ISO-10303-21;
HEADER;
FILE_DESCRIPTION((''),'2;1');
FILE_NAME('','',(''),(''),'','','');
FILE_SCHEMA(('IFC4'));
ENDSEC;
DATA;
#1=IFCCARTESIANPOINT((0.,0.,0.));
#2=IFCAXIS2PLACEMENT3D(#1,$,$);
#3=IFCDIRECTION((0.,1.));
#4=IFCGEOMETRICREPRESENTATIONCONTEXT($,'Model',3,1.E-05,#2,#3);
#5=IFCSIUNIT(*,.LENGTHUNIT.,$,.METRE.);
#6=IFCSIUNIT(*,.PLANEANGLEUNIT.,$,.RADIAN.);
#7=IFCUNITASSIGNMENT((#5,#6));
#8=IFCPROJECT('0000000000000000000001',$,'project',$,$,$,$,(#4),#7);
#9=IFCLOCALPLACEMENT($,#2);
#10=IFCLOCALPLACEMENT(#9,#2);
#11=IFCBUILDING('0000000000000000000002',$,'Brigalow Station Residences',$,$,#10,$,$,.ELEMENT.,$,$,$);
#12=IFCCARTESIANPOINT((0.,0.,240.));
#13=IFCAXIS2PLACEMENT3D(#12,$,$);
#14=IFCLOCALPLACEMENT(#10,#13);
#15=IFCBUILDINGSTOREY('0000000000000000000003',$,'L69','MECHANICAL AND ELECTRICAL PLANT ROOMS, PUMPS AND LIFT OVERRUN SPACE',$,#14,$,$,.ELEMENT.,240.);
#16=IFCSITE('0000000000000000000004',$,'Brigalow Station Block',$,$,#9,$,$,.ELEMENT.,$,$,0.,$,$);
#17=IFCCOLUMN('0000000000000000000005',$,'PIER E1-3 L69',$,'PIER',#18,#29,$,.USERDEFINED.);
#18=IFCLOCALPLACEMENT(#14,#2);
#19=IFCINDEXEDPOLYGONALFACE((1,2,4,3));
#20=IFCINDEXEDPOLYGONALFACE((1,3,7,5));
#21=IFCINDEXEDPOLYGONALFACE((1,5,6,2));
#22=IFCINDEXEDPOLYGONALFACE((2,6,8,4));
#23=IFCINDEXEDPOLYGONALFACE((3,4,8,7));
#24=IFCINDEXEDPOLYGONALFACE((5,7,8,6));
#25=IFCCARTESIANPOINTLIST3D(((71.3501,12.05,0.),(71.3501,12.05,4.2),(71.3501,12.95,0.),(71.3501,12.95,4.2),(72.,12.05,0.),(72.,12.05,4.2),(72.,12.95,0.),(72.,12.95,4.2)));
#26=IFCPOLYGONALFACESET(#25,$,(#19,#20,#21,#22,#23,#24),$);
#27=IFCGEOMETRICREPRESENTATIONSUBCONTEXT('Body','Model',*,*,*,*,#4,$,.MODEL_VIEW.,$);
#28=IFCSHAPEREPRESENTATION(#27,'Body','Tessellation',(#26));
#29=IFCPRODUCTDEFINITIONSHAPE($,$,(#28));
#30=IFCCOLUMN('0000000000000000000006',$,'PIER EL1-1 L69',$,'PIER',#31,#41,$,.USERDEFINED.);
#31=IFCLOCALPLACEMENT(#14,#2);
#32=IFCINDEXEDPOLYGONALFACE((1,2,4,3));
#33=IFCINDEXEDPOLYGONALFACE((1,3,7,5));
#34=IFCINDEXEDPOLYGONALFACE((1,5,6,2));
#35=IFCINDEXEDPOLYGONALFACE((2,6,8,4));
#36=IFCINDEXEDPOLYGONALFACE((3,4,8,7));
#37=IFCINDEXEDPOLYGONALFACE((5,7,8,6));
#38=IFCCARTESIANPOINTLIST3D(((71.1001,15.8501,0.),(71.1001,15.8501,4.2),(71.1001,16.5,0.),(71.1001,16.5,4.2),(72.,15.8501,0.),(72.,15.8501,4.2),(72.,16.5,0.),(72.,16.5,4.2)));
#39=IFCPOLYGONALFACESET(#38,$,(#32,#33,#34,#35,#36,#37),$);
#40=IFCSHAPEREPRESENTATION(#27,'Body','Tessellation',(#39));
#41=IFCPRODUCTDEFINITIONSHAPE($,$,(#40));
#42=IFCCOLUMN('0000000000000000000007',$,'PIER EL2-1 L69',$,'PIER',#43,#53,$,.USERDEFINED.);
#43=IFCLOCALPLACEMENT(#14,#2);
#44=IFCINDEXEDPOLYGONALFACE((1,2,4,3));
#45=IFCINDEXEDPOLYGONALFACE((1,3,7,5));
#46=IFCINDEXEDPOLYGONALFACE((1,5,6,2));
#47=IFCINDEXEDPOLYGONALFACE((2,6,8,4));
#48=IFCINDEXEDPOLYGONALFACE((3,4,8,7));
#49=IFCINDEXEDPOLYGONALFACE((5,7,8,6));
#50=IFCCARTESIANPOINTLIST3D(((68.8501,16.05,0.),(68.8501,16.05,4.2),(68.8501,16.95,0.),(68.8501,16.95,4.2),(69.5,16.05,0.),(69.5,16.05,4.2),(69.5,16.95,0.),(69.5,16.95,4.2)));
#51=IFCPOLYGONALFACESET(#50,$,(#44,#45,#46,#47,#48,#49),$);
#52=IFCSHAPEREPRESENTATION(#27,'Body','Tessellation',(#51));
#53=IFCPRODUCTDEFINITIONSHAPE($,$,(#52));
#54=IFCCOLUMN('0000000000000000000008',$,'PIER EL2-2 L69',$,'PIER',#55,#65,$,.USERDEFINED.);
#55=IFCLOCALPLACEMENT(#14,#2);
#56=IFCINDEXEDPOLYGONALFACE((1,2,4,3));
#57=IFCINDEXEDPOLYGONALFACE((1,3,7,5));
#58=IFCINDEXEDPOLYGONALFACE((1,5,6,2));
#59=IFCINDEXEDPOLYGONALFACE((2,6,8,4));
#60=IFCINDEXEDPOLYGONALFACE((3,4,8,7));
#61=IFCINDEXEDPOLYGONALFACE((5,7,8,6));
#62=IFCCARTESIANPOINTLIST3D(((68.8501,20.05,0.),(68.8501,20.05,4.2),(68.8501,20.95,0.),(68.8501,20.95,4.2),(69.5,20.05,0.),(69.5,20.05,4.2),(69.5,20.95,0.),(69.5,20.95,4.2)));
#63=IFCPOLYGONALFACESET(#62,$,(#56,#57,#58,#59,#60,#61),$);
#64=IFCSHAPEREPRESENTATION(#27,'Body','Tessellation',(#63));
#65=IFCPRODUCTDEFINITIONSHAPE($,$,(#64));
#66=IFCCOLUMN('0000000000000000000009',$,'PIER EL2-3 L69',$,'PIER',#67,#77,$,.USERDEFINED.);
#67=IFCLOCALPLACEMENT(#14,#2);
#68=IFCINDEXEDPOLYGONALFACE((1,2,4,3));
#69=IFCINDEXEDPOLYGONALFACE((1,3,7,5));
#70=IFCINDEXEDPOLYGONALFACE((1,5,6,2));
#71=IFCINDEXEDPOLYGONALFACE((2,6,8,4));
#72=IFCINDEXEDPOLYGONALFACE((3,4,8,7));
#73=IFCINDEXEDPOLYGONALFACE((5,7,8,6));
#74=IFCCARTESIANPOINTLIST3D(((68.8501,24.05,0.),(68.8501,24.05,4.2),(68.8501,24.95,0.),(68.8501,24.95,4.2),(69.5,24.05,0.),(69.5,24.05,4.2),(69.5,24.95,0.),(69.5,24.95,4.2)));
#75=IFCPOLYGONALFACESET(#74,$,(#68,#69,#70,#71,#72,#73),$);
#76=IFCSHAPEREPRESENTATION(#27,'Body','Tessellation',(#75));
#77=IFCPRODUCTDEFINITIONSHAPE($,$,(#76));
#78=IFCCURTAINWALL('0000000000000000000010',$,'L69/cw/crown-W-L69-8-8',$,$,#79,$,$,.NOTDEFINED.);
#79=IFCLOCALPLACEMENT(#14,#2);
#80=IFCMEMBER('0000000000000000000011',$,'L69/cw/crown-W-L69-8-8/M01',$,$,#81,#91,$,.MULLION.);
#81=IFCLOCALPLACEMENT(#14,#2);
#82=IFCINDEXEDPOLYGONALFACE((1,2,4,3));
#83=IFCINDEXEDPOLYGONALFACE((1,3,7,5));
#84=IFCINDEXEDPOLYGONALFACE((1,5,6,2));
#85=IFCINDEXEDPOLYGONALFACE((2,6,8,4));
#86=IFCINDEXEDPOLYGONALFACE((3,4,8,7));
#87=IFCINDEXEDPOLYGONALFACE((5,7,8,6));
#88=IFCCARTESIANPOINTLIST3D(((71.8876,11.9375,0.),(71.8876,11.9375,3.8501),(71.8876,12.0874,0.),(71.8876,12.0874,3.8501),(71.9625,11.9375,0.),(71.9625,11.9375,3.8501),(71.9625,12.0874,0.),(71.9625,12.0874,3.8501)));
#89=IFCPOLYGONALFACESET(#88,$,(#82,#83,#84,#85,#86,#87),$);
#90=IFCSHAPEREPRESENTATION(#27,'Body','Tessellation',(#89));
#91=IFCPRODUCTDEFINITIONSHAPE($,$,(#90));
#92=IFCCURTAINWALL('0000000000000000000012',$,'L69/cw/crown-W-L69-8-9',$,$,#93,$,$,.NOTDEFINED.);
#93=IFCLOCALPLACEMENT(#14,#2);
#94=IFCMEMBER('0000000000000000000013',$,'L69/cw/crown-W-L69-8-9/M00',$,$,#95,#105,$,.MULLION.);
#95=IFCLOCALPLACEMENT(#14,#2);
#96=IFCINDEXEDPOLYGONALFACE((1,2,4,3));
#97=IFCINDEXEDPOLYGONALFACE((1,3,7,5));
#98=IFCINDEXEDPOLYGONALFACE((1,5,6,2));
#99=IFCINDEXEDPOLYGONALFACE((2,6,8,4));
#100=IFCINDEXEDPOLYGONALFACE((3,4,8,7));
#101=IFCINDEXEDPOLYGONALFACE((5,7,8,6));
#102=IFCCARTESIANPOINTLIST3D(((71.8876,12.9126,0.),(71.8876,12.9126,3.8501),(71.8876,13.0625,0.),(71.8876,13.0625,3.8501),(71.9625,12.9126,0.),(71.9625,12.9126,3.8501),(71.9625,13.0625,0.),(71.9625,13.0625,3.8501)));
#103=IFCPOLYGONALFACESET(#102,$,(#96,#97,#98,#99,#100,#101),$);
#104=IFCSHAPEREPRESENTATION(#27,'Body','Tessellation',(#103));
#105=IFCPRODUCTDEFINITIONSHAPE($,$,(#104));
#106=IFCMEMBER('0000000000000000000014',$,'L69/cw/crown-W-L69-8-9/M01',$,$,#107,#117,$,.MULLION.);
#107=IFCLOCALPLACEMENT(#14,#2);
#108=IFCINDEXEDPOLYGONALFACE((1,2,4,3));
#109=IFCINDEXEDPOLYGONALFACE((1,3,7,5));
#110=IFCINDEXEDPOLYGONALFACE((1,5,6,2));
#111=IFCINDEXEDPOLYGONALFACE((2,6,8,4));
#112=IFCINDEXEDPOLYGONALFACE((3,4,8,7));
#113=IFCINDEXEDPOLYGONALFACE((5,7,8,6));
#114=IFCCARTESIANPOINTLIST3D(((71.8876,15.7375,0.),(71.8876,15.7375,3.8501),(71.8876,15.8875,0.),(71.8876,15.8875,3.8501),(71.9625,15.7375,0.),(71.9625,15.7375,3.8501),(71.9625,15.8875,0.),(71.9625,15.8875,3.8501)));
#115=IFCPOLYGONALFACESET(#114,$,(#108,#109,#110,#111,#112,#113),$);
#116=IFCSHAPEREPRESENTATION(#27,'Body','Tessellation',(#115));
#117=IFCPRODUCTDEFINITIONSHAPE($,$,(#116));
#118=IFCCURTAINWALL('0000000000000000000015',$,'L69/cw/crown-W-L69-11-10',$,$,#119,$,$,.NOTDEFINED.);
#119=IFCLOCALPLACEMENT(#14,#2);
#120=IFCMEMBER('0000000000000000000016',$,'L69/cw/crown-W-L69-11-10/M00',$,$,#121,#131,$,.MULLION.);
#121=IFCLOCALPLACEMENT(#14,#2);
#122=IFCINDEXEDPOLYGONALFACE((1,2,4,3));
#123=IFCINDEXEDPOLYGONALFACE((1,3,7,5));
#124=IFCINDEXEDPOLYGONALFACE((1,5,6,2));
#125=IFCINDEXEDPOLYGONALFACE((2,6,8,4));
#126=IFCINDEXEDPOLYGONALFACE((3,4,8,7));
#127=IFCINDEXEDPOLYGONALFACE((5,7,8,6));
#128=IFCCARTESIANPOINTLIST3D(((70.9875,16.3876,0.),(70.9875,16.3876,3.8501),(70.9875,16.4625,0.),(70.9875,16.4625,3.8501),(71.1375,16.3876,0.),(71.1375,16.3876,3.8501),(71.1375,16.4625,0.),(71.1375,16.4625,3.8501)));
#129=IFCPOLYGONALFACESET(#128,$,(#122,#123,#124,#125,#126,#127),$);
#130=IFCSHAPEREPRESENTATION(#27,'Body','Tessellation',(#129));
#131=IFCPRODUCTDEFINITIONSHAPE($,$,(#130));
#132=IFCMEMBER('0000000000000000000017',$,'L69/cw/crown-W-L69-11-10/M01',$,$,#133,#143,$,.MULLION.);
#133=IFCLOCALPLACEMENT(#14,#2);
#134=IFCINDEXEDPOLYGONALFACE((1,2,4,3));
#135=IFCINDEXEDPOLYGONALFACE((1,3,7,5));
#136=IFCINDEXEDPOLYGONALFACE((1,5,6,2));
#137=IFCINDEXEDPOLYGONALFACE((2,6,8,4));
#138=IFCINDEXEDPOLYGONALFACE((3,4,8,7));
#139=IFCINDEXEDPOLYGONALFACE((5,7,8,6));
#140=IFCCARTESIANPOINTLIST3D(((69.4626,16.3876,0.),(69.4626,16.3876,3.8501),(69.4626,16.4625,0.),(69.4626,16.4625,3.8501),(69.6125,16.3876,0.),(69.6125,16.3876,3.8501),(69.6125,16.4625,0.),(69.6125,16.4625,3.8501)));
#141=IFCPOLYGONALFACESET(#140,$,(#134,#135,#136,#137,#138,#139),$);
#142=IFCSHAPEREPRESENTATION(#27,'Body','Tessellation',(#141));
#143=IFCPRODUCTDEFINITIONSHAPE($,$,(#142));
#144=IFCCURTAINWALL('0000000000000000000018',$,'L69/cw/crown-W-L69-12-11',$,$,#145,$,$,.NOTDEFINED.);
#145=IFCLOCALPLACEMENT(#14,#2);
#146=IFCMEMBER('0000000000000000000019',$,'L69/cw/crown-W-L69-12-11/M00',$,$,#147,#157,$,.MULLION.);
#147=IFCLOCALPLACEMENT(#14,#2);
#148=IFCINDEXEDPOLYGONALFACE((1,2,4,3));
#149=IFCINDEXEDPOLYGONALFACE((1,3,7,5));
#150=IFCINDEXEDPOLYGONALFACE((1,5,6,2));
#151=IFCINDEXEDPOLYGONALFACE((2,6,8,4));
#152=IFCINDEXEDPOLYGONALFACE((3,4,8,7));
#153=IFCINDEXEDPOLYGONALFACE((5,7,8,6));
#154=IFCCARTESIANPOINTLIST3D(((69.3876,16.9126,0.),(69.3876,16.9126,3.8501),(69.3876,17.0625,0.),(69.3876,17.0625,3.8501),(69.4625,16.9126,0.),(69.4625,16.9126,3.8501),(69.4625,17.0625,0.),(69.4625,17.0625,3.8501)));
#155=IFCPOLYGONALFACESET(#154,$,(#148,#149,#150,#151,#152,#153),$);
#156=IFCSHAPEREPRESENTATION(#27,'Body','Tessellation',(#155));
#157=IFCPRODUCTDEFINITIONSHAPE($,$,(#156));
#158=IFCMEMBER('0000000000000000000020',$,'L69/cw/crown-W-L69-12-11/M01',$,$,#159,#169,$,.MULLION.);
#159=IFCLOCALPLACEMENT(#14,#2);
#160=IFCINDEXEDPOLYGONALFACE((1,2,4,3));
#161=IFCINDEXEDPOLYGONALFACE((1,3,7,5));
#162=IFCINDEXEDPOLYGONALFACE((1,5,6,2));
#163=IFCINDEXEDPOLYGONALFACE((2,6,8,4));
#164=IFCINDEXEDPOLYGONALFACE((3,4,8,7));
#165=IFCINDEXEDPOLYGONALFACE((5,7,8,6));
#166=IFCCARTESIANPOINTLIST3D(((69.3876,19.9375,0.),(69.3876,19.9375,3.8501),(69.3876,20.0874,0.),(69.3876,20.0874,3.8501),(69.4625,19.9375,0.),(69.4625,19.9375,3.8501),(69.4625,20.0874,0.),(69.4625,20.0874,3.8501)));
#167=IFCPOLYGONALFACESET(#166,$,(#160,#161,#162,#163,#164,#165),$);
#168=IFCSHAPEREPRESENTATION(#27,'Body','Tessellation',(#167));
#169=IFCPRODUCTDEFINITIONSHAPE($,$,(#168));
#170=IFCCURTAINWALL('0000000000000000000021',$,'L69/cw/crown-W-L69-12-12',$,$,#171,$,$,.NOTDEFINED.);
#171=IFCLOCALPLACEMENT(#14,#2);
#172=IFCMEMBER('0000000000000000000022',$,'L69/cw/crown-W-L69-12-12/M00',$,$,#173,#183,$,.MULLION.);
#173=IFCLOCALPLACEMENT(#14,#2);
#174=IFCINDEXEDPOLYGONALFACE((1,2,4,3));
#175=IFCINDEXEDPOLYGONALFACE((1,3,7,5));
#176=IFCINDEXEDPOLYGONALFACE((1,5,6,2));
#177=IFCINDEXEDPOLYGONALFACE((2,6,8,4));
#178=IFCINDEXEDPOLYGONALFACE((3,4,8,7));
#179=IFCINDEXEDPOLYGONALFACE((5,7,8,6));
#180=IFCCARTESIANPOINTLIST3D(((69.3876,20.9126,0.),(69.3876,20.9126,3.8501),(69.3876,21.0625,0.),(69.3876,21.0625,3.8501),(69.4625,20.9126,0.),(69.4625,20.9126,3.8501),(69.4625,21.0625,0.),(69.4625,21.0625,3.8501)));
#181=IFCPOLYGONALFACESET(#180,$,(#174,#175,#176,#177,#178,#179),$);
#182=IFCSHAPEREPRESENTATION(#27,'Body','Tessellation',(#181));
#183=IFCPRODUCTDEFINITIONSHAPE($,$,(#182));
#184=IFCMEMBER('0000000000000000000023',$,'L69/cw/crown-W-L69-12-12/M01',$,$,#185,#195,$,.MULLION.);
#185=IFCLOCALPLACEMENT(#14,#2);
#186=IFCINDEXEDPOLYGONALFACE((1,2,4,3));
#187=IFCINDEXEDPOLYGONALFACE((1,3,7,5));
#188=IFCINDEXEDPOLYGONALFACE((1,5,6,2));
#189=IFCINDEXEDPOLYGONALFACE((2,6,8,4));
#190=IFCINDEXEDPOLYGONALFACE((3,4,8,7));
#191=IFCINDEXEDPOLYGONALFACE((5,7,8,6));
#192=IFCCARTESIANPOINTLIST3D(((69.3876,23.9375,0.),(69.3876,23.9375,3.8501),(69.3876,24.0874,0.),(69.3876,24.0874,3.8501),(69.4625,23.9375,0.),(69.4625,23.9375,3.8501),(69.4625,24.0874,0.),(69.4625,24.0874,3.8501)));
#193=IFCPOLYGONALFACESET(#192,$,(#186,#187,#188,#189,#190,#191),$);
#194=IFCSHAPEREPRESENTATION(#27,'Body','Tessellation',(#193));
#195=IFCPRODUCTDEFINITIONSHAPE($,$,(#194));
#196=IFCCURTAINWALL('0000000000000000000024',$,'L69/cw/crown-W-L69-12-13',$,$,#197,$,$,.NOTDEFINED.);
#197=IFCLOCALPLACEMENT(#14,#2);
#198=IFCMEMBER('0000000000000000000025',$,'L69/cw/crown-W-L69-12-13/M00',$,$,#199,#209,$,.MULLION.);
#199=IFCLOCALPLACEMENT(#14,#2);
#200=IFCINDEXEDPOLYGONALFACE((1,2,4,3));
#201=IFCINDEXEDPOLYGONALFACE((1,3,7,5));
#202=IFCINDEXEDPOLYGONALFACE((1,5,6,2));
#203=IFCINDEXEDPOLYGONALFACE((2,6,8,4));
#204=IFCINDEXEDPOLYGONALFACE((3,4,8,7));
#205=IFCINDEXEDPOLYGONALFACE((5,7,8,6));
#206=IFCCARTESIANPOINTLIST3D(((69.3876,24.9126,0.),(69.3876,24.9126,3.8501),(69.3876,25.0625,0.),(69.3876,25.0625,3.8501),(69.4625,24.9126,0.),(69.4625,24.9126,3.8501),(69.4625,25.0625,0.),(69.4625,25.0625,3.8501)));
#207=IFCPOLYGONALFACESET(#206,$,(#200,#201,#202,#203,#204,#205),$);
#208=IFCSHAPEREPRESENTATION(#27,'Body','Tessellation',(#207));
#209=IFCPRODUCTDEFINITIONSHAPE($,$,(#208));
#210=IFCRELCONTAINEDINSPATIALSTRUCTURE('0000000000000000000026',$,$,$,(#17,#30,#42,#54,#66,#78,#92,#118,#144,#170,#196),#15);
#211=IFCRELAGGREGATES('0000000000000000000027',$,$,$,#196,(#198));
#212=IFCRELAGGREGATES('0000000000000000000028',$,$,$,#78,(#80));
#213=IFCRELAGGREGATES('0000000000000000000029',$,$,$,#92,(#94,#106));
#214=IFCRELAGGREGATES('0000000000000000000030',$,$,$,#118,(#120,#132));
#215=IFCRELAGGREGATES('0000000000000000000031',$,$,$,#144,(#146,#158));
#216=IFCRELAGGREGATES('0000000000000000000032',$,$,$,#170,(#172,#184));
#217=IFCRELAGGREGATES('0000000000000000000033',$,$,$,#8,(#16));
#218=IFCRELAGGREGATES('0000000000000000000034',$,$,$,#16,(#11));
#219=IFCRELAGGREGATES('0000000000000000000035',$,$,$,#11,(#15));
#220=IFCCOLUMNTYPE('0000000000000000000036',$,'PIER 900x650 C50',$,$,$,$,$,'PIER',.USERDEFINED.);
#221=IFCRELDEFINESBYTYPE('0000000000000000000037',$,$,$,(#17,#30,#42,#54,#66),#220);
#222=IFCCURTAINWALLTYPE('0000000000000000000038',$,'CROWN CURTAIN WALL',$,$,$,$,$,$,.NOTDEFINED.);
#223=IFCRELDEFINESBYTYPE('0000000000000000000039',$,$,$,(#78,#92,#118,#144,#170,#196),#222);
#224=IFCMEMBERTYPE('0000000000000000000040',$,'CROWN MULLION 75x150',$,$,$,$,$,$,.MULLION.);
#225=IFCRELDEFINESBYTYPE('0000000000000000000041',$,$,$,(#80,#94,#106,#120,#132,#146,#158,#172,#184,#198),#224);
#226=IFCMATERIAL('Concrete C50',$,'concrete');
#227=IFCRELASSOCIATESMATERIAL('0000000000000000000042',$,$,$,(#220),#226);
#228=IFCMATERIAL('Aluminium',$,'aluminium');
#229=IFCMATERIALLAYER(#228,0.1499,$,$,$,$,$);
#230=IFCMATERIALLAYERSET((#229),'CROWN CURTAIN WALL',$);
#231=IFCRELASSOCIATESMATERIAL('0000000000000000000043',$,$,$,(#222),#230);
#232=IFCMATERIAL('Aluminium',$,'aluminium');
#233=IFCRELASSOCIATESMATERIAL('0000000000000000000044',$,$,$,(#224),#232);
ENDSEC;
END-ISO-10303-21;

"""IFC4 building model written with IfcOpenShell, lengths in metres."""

from ifc_helpers import new_model, si_unit, direction, frame, origin, origin_2d, place, context, subcontext, project, spatial, rectangle, extrude, material, layer, layer_set, material_profile, profile_set, type_object, element, aggregate, save


model = new_model("IFC4")

# Units and contexts
model_context = context("Model", 3, precision=1e-05, world=origin(), true_north=direction((0.0, 1.0)))
body_context = subcontext(model_context, "Body", "Model", "MODEL_VIEW")
ifc_project = project(units=[si_unit("LENGTHUNIT", "METRE"), si_unit("PLANEANGLEUNIT", "RADIAN")], contexts=[model_context])

# Site, building, storey
site_placement = place(None, origin())
site = spatial("IfcSite", under=ifc_project, at=site_placement, Name="Brigalow Station Block", CompositionType="ELEMENT", RefElevation=0.0)
building_placement = place(site_placement, origin())
building = spatial("IfcBuilding", under=site, at=building_placement, Name="Brigalow Station Residences", CompositionType="ELEMENT")
storey_placement = place(building_placement, frame((0.0, 0.0, 240.0)))
storey = spatial("IfcBuildingStorey", under=building, at=storey_placement, Name="L69", Description="MECHANICAL AND ELECTRICAL PLANT ROOMS, PUMPS AND LIFT OVERRUN SPACE", CompositionType="ELEMENT", Elevation=240.0)

# Columns
ifc_material_1 = material(Name="Concrete C50", Category="concrete")
ifc_material_profile_1 = material_profile(ifc_material_1, rectangle(XDim=0.8999, YDim=0.6499, at=origin_2d()), Name="RC900x650")
ifc_profile_set_1 = profile_set([ifc_material_profile_1], Name="Concrete C50")
column_type = type_object("IfcColumnType", Name="PIER 900x650 C50", ElementType="PIER", PredefinedType="USERDEFINED", material=ifc_profile_set_1)
for number, where, z_axis, x_axis, name in (
    (1, (71.675, 12.5, 0.0), (0.0, 0.0, 1.0), (0.0, 1.0, 0.0), "PIER E1-3 L69"),
    (2, (71.55, 16.175, 0.0), (0.0, 0.0, 1.0), (-1.0, 0.0, 0.0), "PIER EL1-1 L69"),
    (3, (69.175, 16.5, 0.0), (0.0, 0.0, 1.0), (0.0, 1.0, 0.0), "PIER EL2-1 L69"),
    (4, (69.175, 20.5, 0.0), (0.0, 0.0, 1.0), (0.0, 1.0, 0.0), "PIER EL2-2 L69"),
    (5, (69.175, 24.5, 0.0), (0.0, 0.0, 1.0), (0.0, 1.0, 0.0), "PIER EL2-3 L69"),
):
    element("IfcColumn", number, at=place(storey_placement, frame(where, z_axis=z_axis, x_axis=x_axis)), inside=storey, type_object=column_type, Name=name, ObjectType="PIER", PredefinedType="USERDEFINED", context=body_context, shape_type="SweptSolid", body=[
        extrude(rectangle(XDim=0.8999, YDim=0.6499, at=origin_2d()), origin(), (0.0, 0.0, 1.0), 4.2),
    ])

# Curtain wall, member
ifc_material_2 = material(Name="Aluminium", Category="aluminium")
ifc_layer_1 = layer(ifc_material_2, 0.1499)
ifc_layer_set_1 = layer_set([ifc_layer_1], Name="CROWN CURTAIN WALL")
curtain_wall_type = type_object("IfcCurtainWallType", Name="CROWN CURTAIN WALL", PredefinedType="NOTDEFINED", material=ifc_layer_set_1)
curtain_wall_1_placement = place(storey_placement, origin())
curtain_wall_1 = element("IfcCurtainWall", 6, at=curtain_wall_1_placement, inside=storey, type_object=curtain_wall_type, Name="L69/cw/crown-W-L69-8-8", PredefinedType="NOTDEFINED")
ifc_material_3 = material(Name="Aluminium", Category="aluminium")
ifc_material_profile_2 = material_profile(ifc_material_3, rectangle(XDim=0.075, YDim=0.1499, at=origin_2d()), Name="CROWN MULLION 75x150")
ifc_profile_set_2 = profile_set([ifc_material_profile_2], Name="Aluminium")
member_type_1 = type_object("IfcMemberType", Name="CROWN MULLION 75x150", PredefinedType="MULLION", material=ifc_profile_set_2)
member_1_placement = place(storey_placement, frame((71.925, 12.0125, 0.0), z_axis=(0.0, 0.0, 1.0), x_axis=(-1.0, 0.0, 0.0)))
member_1 = element("IfcMember", 7, at=member_1_placement, type_object=member_type_1, Name="L69/cw/crown-W-L69-8-8/M01", PredefinedType="MULLION", context=body_context, shape_type="SweptSolid", body=[
    extrude(rectangle(XDim=0.075, YDim=0.1499, at=origin_2d()), origin(), (0.0, 0.0, 1.0), 3.8501),
])

# Curtain walls, members
curtain_wall_2_placement = place(storey_placement, origin())
curtain_wall_2 = element("IfcCurtainWall", 8, at=curtain_wall_2_placement, inside=storey, type_object=curtain_wall_type, Name="L69/cw/crown-W-L69-8-9", PredefinedType="NOTDEFINED")
member_2_placement = place(storey_placement, frame((71.925, 12.9875, 0.0), z_axis=(0.0, 0.0, 1.0), x_axis=(-1.0, 0.0, 0.0)))
member_2 = element("IfcMember", 9, at=member_2_placement, type_object=member_type_1, Name="L69/cw/crown-W-L69-8-9/M00", PredefinedType="MULLION", context=body_context, shape_type="SweptSolid", body=[
    extrude(rectangle(XDim=0.075, YDim=0.1499, at=origin_2d()), origin(), (0.0, 0.0, 1.0), 3.8501),
])
member_3_placement = place(storey_placement, frame((71.925, 15.8125, 0.0), z_axis=(0.0, 0.0, 1.0), x_axis=(-1.0, 0.0, 0.0)))
member_3 = element("IfcMember", 10, at=member_3_placement, type_object=member_type_1, Name="L69/cw/crown-W-L69-8-9/M01", PredefinedType="MULLION", context=body_context, shape_type="SweptSolid", body=[
    extrude(rectangle(XDim=0.075, YDim=0.1499, at=origin_2d()), origin(), (0.0, 0.0, 1.0), 3.8501),
])
curtain_wall_3_placement = place(storey_placement, origin())
curtain_wall_3 = element("IfcCurtainWall", 11, at=curtain_wall_3_placement, inside=storey, type_object=curtain_wall_type, Name="L69/cw/crown-W-L69-11-10", PredefinedType="NOTDEFINED")
member_4_placement = place(storey_placement, frame((71.0625, 16.425, 0.0), z_axis=(0.0, 0.0, 1.0), x_axis=(0.0, -1.0, 0.0)))
member_4 = element("IfcMember", 12, at=member_4_placement, type_object=member_type_1, Name="L69/cw/crown-W-L69-11-10/M00", PredefinedType="MULLION", context=body_context, shape_type="SweptSolid", body=[
    extrude(rectangle(XDim=0.075, YDim=0.1499, at=origin_2d()), origin(), (0.0, 0.0, 1.0), 3.8501),
])
member_5_placement = place(storey_placement, frame((69.5376, 16.425, 0.0), z_axis=(0.0, 0.0, 1.0), x_axis=(0.0, -1.0, 0.0)))
member_5 = element("IfcMember", 13, at=member_5_placement, type_object=member_type_1, Name="L69/cw/crown-W-L69-11-10/M01", PredefinedType="MULLION", context=body_context, shape_type="SweptSolid", body=[
    extrude(rectangle(XDim=0.075, YDim=0.1499, at=origin_2d()), origin(), (0.0, 0.0, 1.0), 3.8501),
])
curtain_wall_4_placement = place(storey_placement, origin())
curtain_wall_4 = element("IfcCurtainWall", 14, at=curtain_wall_4_placement, inside=storey, type_object=curtain_wall_type, Name="L69/cw/crown-W-L69-12-11", PredefinedType="NOTDEFINED")
member_6_placement = place(storey_placement, frame((69.425, 16.9875, 0.0), z_axis=(0.0, 0.0, 1.0), x_axis=(-1.0, 0.0, 0.0)))
member_6 = element("IfcMember", 15, at=member_6_placement, type_object=member_type_1, Name="L69/cw/crown-W-L69-12-11/M00", PredefinedType="MULLION", context=body_context, shape_type="SweptSolid", body=[
    extrude(rectangle(XDim=0.075, YDim=0.1499, at=origin_2d()), origin(), (0.0, 0.0, 1.0), 3.8501),
])
member_7_placement = place(storey_placement, frame((69.425, 20.0125, 0.0), z_axis=(0.0, 0.0, 1.0), x_axis=(-1.0, 0.0, 0.0)))
member_7 = element("IfcMember", 16, at=member_7_placement, type_object=member_type_1, Name="L69/cw/crown-W-L69-12-11/M01", PredefinedType="MULLION", context=body_context, shape_type="SweptSolid", body=[
    extrude(rectangle(XDim=0.075, YDim=0.1499, at=origin_2d()), origin(), (0.0, 0.0, 1.0), 3.8501),
])
curtain_wall_5_placement = place(storey_placement, origin())
curtain_wall_5 = element("IfcCurtainWall", 17, at=curtain_wall_5_placement, inside=storey, type_object=curtain_wall_type, Name="L69/cw/crown-W-L69-12-12", PredefinedType="NOTDEFINED")
member_8_placement = place(storey_placement, frame((69.425, 20.9875, 0.0), z_axis=(0.0, 0.0, 1.0), x_axis=(-1.0, 0.0, 0.0)))
member_8 = element("IfcMember", 18, at=member_8_placement, type_object=member_type_1, Name="L69/cw/crown-W-L69-12-12/M00", PredefinedType="MULLION", context=body_context, shape_type="SweptSolid", body=[
    extrude(rectangle(XDim=0.075, YDim=0.1499, at=origin_2d()), origin(), (0.0, 0.0, 1.0), 3.8501),
])
member_9_placement = place(storey_placement, frame((69.425, 24.0125, 0.0), z_axis=(0.0, 0.0, 1.0), x_axis=(-1.0, 0.0, 0.0)))
member_9 = element("IfcMember", 19, at=member_9_placement, type_object=member_type_1, Name="L69/cw/crown-W-L69-12-12/M01", PredefinedType="MULLION", context=body_context, shape_type="SweptSolid", body=[
    extrude(rectangle(XDim=0.075, YDim=0.1499, at=origin_2d()), origin(), (0.0, 0.0, 1.0), 3.8501),
])

# Curtain wall, member
curtain_wall_6_placement = place(storey_placement, origin())
curtain_wall_6 = element("IfcCurtainWall", 20, at=curtain_wall_6_placement, inside=storey, type_object=curtain_wall_type, Name="L69/cw/crown-W-L69-12-13", PredefinedType="NOTDEFINED")
member_10_placement = place(storey_placement, frame((69.425, 24.9875, 0.0), z_axis=(0.0, 0.0, 1.0), x_axis=(-1.0, 0.0, 0.0)))
member_10 = element("IfcMember", 21, at=member_10_placement, type_object=member_type_1, Name="L69/cw/crown-W-L69-12-13/M00", PredefinedType="MULLION", context=body_context, shape_type="SweptSolid", body=[
    extrude(rectangle(XDim=0.075, YDim=0.1499, at=origin_2d()), origin(), (0.0, 0.0, 1.0), 3.8501),
])
aggregate(curtain_wall_6, [member_10])

aggregate(curtain_wall_1, [member_1])
aggregate(curtain_wall_2, [member_2, member_3])
aggregate(curtain_wall_3, [member_4, member_5])
aggregate(curtain_wall_4, [member_6, member_7])
aggregate(curtain_wall_5, [member_8, member_9])

save(model, "model.ifc")
